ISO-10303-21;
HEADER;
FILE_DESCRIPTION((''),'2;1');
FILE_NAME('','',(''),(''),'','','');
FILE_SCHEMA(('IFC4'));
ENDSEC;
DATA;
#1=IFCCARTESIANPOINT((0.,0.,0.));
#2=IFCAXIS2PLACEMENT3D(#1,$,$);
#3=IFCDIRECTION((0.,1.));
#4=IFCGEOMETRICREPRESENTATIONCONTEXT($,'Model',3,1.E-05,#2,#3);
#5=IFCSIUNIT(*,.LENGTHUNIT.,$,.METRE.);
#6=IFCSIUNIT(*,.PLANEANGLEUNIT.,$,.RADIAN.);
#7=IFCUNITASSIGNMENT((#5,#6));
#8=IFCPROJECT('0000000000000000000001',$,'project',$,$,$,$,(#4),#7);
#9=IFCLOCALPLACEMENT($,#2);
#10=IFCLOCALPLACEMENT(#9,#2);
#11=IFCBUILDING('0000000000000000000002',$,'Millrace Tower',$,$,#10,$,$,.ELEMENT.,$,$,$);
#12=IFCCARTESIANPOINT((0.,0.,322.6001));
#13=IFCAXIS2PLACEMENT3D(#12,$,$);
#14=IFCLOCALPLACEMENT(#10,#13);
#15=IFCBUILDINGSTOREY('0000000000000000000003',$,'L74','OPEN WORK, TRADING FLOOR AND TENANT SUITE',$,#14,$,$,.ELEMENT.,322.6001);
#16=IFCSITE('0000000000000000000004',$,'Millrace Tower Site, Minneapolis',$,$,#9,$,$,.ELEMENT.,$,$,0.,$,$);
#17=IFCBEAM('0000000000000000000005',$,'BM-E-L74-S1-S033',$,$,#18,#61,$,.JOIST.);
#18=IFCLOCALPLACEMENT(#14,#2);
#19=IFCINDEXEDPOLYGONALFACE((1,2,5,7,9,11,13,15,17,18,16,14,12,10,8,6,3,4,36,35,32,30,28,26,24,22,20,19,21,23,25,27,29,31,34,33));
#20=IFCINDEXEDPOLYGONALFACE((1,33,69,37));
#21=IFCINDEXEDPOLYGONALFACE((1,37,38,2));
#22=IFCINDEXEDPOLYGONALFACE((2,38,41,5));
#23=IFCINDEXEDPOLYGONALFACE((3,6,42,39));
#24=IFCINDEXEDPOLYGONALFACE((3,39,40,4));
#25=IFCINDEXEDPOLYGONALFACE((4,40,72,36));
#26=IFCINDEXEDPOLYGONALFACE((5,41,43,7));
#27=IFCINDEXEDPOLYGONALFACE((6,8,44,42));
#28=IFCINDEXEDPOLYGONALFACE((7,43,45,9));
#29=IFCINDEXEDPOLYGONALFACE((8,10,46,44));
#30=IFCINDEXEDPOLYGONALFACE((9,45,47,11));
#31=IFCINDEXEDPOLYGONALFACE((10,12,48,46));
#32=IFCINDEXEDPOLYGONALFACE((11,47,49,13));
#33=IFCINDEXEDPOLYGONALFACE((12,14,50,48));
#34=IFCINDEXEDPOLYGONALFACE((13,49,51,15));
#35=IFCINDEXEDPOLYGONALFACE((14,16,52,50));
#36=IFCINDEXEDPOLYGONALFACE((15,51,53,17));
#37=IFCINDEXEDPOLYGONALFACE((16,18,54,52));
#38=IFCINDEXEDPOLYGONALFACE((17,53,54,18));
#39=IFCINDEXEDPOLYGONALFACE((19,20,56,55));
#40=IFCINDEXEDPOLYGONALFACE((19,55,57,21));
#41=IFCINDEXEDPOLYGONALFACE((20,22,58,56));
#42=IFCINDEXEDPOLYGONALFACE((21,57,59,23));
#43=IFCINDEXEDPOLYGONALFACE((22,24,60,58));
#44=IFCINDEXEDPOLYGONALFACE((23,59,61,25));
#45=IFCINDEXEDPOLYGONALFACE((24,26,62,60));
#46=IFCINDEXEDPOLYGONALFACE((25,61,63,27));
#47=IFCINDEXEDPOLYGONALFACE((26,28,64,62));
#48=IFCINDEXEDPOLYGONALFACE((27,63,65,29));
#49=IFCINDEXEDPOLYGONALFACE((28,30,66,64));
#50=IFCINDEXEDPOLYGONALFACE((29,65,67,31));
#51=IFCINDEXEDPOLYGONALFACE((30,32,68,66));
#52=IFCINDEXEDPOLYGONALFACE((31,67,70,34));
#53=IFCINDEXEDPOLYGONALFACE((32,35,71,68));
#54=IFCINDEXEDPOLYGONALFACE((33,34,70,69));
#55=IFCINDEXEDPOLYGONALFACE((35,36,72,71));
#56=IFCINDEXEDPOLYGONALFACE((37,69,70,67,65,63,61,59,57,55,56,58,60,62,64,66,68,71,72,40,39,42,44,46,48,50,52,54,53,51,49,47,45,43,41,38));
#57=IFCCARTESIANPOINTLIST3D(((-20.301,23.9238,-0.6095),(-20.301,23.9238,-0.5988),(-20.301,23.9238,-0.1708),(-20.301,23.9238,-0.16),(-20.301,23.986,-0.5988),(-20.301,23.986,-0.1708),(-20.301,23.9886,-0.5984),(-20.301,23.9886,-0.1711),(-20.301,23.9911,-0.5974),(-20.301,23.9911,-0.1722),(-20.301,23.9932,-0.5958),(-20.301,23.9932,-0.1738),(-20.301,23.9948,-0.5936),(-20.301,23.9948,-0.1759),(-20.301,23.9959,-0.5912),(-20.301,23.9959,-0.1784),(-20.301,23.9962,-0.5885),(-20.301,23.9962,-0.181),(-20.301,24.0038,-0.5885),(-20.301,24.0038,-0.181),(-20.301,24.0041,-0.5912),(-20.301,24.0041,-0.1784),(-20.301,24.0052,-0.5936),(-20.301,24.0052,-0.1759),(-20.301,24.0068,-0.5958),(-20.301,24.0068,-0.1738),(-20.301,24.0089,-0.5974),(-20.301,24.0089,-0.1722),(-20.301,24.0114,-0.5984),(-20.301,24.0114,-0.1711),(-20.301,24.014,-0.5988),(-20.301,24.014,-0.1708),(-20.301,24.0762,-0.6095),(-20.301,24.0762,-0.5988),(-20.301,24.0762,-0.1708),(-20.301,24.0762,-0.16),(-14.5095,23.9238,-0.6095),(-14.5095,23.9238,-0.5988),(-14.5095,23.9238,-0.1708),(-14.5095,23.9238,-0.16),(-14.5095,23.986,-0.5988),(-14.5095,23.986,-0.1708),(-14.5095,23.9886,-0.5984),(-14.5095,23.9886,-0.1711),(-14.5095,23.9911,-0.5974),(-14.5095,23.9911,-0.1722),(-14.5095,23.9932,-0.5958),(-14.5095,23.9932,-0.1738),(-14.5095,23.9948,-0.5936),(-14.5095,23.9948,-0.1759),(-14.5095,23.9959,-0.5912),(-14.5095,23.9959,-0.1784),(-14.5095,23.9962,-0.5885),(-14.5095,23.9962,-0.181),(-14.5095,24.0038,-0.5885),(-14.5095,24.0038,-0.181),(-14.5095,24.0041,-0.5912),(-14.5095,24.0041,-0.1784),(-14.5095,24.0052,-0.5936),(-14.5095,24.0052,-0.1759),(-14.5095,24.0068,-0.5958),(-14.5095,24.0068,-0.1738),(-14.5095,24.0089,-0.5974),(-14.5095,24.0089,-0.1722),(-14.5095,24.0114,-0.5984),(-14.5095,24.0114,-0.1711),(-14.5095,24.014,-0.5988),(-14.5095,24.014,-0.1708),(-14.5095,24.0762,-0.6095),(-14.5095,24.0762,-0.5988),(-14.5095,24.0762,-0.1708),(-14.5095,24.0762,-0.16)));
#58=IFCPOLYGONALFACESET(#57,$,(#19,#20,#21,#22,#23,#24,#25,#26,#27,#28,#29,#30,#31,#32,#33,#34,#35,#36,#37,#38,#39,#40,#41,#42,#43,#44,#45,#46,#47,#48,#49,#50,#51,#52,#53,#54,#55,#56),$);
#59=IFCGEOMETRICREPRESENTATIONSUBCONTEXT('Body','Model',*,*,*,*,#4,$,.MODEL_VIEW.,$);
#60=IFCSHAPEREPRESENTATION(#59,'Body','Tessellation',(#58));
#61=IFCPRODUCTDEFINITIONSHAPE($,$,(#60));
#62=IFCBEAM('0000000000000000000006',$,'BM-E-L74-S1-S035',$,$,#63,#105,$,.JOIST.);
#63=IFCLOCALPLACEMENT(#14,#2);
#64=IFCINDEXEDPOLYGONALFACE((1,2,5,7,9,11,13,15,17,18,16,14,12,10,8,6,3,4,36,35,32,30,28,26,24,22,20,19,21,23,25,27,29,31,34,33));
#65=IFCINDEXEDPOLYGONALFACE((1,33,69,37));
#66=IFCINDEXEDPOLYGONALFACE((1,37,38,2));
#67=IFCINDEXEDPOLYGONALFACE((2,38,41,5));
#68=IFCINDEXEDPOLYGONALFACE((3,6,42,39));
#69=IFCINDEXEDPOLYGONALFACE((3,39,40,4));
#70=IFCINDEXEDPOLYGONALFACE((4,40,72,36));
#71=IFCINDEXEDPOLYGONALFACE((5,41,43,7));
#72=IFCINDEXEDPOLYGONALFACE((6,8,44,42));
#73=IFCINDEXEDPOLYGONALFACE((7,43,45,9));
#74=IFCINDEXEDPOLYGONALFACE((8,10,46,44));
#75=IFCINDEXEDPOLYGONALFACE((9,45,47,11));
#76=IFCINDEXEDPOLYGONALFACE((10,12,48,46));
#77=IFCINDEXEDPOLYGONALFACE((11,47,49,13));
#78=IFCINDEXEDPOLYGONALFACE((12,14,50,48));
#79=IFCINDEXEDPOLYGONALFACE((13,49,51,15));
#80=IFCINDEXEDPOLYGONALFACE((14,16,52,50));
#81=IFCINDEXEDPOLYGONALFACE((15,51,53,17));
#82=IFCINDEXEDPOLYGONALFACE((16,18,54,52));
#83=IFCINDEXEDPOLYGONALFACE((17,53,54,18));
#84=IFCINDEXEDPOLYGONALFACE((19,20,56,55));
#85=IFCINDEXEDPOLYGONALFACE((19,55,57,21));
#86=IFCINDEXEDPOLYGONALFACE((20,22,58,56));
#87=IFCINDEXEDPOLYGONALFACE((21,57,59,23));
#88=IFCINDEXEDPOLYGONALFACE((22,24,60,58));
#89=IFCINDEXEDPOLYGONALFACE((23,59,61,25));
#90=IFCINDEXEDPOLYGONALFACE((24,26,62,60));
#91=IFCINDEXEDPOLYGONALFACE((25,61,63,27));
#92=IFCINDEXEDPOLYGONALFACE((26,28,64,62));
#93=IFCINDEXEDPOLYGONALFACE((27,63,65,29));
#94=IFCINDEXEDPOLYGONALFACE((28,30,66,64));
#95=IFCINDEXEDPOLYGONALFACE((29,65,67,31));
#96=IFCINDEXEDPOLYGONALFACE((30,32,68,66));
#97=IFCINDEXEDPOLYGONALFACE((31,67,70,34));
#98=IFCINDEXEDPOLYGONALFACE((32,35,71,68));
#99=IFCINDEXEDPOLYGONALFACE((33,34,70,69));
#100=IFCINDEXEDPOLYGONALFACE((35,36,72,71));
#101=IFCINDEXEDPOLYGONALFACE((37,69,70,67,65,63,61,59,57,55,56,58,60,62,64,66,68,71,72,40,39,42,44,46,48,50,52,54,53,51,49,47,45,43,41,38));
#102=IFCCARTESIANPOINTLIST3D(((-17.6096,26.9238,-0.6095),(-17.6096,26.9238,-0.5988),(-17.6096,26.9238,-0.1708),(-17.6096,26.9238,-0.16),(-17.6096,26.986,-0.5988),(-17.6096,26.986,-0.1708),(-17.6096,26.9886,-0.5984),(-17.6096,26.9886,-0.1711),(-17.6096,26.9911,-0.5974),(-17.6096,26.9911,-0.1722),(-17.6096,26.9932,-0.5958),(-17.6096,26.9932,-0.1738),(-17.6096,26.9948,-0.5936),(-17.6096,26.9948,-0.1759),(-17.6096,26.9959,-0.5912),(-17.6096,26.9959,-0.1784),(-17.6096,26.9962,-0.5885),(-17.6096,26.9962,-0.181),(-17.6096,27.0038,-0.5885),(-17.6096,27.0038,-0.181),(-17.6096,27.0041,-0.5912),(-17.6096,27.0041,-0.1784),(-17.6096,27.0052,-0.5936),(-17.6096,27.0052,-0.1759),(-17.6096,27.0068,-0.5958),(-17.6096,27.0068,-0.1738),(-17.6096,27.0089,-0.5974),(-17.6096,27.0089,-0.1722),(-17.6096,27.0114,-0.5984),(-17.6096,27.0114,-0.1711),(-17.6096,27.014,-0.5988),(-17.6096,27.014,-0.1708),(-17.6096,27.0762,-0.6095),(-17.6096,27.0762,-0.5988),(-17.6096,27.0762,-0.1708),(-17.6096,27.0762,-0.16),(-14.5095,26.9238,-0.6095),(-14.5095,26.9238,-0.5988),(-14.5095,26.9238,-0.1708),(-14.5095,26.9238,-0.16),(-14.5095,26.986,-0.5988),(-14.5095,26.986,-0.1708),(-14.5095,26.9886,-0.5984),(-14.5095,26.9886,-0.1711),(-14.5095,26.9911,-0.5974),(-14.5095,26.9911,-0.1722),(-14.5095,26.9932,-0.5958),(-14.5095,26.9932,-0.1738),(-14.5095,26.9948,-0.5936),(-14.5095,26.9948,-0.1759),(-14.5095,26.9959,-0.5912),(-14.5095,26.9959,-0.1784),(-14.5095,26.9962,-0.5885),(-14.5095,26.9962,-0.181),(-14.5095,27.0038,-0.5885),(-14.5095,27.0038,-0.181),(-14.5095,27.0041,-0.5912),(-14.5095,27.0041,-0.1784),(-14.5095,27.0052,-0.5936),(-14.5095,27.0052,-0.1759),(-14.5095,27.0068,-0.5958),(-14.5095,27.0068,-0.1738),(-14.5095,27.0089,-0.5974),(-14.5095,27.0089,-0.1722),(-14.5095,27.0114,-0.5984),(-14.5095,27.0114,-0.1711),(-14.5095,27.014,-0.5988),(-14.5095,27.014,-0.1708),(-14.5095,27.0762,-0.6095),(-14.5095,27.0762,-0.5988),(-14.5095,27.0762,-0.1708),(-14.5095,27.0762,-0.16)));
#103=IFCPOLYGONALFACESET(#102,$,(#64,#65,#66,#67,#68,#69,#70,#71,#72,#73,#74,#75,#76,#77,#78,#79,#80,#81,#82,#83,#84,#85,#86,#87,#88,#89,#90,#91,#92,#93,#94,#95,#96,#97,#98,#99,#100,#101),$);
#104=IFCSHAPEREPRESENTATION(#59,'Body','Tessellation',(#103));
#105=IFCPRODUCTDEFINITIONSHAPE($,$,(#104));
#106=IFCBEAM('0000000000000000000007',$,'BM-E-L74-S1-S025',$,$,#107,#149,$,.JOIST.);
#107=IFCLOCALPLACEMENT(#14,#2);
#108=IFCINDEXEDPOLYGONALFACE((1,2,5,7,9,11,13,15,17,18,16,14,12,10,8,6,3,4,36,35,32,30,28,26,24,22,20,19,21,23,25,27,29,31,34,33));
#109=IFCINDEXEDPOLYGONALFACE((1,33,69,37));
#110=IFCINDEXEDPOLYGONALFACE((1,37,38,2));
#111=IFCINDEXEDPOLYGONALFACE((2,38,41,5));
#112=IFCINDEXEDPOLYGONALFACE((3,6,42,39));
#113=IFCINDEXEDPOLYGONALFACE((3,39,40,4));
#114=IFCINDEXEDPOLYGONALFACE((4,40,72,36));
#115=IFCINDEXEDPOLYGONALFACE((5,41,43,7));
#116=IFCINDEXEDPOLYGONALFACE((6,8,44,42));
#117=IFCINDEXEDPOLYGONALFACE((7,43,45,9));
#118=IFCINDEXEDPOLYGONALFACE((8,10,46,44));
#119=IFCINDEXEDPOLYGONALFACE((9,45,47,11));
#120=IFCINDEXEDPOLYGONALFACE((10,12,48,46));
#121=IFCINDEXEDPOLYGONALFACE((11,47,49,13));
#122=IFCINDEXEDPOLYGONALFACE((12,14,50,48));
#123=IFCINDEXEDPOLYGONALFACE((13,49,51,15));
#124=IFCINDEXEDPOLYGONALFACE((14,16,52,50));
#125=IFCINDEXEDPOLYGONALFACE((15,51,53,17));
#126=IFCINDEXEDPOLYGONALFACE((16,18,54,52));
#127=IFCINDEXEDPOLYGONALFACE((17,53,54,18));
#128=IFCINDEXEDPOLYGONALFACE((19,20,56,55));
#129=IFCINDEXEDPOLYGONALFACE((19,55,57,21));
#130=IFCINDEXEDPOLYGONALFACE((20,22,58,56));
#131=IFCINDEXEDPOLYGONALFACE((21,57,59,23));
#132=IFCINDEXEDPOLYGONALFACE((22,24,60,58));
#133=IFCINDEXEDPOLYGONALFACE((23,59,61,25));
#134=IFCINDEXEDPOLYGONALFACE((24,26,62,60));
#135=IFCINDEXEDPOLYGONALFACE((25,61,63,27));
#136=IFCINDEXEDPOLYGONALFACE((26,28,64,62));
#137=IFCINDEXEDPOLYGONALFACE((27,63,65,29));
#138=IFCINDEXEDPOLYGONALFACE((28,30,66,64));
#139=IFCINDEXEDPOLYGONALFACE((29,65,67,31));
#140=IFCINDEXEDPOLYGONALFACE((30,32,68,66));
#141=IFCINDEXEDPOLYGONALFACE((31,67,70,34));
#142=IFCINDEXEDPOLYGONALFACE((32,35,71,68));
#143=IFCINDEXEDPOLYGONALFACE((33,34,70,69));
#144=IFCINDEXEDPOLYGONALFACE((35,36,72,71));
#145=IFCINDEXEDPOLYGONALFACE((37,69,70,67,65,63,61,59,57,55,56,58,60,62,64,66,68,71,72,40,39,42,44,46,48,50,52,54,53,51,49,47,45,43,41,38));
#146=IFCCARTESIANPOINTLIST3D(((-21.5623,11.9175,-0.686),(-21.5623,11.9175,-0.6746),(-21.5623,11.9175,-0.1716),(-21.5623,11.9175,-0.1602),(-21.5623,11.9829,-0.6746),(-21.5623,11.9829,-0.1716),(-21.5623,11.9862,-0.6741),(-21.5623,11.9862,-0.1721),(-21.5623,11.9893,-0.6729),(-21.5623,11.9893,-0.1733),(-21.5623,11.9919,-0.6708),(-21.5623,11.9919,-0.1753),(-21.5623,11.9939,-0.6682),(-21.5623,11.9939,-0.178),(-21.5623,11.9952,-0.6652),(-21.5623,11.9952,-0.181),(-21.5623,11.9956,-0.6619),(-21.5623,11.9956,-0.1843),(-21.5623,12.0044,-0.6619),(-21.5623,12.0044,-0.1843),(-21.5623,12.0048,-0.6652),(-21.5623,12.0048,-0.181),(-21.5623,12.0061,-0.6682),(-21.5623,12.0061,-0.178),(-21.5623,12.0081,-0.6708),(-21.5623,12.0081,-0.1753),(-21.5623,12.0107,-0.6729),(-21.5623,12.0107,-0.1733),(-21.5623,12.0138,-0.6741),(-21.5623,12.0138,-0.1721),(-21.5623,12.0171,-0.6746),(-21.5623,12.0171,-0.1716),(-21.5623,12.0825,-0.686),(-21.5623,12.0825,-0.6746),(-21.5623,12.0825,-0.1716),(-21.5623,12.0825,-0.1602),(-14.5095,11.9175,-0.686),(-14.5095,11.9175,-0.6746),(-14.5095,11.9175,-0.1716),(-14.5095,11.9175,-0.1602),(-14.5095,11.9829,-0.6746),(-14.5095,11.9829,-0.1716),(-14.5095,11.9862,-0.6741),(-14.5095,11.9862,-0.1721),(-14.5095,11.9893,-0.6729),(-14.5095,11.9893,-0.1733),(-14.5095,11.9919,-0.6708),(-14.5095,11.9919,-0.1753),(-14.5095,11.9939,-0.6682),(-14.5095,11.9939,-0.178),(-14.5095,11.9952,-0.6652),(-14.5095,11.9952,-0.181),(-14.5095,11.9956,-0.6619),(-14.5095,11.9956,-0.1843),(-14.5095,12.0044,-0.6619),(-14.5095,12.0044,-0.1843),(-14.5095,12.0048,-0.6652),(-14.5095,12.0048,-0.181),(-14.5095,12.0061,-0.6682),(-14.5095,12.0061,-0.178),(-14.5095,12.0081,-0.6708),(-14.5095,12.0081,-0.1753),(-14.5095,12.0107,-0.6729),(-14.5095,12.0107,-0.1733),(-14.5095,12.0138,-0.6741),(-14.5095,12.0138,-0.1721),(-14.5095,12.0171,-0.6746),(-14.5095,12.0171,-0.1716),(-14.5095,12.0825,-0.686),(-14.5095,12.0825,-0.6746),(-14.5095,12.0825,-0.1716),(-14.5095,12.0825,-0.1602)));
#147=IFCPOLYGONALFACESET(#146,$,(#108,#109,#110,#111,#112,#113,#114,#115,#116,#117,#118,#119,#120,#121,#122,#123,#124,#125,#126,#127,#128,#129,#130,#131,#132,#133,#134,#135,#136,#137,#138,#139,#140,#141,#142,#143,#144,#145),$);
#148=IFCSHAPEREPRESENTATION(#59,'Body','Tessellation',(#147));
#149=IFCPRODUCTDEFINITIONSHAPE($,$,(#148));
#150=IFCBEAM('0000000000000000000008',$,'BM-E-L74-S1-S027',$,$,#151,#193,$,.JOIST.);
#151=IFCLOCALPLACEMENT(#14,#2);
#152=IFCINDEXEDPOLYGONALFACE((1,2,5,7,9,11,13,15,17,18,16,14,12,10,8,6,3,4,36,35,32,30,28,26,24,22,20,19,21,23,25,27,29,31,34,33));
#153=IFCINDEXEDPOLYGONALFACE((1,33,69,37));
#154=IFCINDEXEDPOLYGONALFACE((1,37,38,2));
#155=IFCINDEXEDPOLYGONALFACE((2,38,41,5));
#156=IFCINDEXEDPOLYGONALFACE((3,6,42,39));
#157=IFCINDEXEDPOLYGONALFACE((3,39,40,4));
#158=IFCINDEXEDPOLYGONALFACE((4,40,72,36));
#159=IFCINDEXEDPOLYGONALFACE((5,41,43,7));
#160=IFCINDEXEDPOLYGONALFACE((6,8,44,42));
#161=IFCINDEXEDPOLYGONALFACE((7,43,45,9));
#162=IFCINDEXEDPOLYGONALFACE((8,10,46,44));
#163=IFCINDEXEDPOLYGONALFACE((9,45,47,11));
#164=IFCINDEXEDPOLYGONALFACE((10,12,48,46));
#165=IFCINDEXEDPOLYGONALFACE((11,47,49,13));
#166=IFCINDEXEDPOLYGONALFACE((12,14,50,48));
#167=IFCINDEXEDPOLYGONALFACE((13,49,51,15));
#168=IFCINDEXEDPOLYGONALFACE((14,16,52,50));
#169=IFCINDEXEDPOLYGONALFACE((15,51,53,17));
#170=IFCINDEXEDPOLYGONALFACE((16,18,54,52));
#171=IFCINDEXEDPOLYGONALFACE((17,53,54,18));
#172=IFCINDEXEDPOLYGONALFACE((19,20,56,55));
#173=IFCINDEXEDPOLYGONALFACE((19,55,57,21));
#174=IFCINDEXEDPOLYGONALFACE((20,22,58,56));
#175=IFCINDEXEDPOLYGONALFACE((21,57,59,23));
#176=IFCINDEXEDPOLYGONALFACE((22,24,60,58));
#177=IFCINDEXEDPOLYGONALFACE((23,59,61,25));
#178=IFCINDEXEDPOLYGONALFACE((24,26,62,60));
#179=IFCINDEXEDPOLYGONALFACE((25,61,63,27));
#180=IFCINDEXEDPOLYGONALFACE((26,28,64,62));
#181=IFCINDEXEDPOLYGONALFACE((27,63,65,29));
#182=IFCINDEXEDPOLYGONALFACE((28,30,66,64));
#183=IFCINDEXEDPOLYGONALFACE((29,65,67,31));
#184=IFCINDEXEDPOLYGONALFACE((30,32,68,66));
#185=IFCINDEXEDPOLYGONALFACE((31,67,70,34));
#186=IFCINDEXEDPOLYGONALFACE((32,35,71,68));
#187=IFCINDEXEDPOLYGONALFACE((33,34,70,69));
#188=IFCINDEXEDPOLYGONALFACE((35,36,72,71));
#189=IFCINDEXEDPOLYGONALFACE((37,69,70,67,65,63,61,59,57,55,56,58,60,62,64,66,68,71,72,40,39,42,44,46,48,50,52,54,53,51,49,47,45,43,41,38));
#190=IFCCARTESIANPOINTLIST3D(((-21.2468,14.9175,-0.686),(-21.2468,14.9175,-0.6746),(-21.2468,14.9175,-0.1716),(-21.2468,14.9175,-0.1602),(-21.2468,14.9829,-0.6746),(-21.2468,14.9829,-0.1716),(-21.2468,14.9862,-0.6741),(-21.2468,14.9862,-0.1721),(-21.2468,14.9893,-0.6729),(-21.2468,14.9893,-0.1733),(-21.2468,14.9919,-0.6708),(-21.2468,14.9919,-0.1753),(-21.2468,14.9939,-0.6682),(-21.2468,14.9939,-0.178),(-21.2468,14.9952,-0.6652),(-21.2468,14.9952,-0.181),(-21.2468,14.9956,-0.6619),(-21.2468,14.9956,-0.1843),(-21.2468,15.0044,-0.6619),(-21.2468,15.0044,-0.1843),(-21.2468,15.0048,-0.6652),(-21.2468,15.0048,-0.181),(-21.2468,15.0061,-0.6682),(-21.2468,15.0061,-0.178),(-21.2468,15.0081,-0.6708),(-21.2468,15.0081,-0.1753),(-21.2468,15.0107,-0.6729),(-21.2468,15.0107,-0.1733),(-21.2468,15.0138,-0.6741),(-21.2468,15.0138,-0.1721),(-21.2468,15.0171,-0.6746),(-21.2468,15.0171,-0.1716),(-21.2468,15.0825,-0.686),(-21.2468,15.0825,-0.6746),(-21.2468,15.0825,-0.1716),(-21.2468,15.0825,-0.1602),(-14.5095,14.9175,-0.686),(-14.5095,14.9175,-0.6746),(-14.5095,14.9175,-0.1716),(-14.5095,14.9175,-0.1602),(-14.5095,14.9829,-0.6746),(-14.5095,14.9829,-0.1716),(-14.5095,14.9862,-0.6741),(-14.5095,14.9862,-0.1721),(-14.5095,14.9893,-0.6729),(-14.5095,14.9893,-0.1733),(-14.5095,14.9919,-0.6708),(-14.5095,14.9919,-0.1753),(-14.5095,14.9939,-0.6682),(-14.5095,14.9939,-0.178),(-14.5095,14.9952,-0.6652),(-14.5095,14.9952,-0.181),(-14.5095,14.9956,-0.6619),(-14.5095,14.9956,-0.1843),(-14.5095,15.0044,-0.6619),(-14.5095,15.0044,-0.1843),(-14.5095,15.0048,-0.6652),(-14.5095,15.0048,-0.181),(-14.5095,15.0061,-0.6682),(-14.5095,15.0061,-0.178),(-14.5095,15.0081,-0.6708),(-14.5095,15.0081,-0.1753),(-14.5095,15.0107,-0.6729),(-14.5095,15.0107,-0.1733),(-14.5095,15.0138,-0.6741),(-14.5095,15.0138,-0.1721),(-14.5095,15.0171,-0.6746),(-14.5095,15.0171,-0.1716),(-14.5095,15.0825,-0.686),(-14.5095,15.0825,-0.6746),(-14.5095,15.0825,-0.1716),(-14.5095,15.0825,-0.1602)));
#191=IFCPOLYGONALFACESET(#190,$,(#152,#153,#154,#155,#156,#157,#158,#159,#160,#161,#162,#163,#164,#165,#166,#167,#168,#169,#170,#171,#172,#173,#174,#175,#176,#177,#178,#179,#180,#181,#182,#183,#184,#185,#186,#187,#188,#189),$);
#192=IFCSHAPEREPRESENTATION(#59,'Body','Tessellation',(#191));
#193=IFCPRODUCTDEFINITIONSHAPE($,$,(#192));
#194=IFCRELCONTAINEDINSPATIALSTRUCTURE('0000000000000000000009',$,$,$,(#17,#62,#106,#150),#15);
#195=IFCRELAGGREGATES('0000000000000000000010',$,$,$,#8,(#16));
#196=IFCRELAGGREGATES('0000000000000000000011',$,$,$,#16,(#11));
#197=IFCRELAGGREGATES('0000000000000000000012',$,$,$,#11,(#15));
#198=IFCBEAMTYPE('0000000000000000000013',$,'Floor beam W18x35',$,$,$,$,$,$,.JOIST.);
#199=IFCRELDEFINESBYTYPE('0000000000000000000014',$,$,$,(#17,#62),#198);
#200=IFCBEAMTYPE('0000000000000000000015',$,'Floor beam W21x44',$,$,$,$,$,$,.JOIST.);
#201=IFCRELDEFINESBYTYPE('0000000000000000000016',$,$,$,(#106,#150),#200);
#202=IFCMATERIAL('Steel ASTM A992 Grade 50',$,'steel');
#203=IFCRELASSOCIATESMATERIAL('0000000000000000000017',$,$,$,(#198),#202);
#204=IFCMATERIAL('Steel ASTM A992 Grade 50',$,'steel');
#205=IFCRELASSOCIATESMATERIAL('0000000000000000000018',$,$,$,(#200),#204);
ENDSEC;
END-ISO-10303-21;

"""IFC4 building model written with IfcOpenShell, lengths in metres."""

from ifc_helpers import new_model, si_unit, direction, frame, origin, origin_2d, place, context, subcontext, project, spatial, i_section, extrude, material, material_profile, profile_set, type_object, element, save


model = new_model("IFC4")

# Units and contexts
model_context = context("Model", 3, precision=1e-05, world=origin(), true_north=direction((0.0, 1.0)))
body_context = subcontext(model_context, "Body", "Model", "MODEL_VIEW")
ifc_project = project(units=[si_unit("LENGTHUNIT", "METRE"), si_unit("PLANEANGLEUNIT", "RADIAN")], contexts=[model_context])

# Site, building, storey
site_placement = place(None, origin())
site = spatial("IfcSite", under=ifc_project, at=site_placement, Name="Millrace Tower Site, Minneapolis", CompositionType="ELEMENT", RefElevation=0.0)
building_placement = place(site_placement, origin())
building = spatial("IfcBuilding", under=site, at=building_placement, Name="Millrace Tower", CompositionType="ELEMENT")
storey_placement = place(building_placement, frame((0.0, 0.0, 322.6001)))
storey = spatial("IfcBuildingStorey", under=building, at=storey_placement, Name="L74", Description="OPEN WORK, TRADING FLOOR AND TENANT SUITE", CompositionType="ELEMENT", Elevation=322.6001)

# Beams
ifc_material_1 = material(Name="Steel ASTM A992 Grade 50", Category="steel")
ifc_material_profile_1 = material_profile(ifc_material_1, i_section(OverallWidth=0.1523, OverallDepth=0.4495, WebThickness=0.0076, FlangeThickness=0.0107, FilletRadius=0.0103, at=origin_2d()))
ifc_profile_set_1 = profile_set([ifc_material_profile_1], Name="Steel ASTM A992 Grade 50")
beam_type_1 = type_object("IfcBeamType", Name="Floor beam W18x35", PredefinedType="JOIST", material=ifc_profile_set_1)
beam_1_placement = place(storey_placement, frame((-20.301, 24.0, -0.3848), z_axis=(1.0, 0.0, 0.0), x_axis=(0.0, 1.0, 0.0)))
element("IfcBeam", 1, at=beam_1_placement, inside=storey, type_object=beam_type_1, Name="BM-E-L74-S1-S033", PredefinedType="JOIST", context=body_context, shape_type="SweptSolid", body=[
    extrude(i_section(OverallWidth=0.1523, OverallDepth=0.4495, WebThickness=0.0076, FlangeThickness=0.0107, FilletRadius=0.0103, at=origin_2d()), origin(), (0.0, 0.0, 1.0), 5.7915),
])
beam_2_placement = place(storey_placement, frame((-17.6096, 27.0, -0.3848), z_axis=(1.0, 0.0, 0.0), x_axis=(0.0, 1.0, 0.0)))
element("IfcBeam", 2, at=beam_2_placement, inside=storey, type_object=beam_type_1, Name="BM-E-L74-S1-S035", PredefinedType="JOIST", context=body_context, shape_type="SweptSolid", body=[
    extrude(i_section(OverallWidth=0.1523, OverallDepth=0.4495, WebThickness=0.0076, FlangeThickness=0.0107, FilletRadius=0.0103, at=origin_2d()), origin(), (0.0, 0.0, 1.0), 3.1001),
])
ifc_material_2 = material(Name="Steel ASTM A992 Grade 50", Category="steel")
ifc_material_profile_2 = material_profile(ifc_material_2, i_section(OverallWidth=0.165, OverallDepth=0.5259, WebThickness=0.0088, FlangeThickness=0.0115, FilletRadius=0.0127, at=origin_2d()))
ifc_profile_set_2 = profile_set([ifc_material_profile_2], Name="Steel ASTM A992 Grade 50")
beam_type_2 = type_object("IfcBeamType", Name="Floor beam W21x44", PredefinedType="JOIST", material=ifc_profile_set_2)
beam_3_placement = place(storey_placement, frame((-21.5623, 12.0, -0.4231), z_axis=(1.0, 0.0, 0.0), x_axis=(0.0, 1.0, 0.0)))
element("IfcBeam", 3, at=beam_3_placement, inside=storey, type_object=beam_type_2, Name="BM-E-L74-S1-S025", PredefinedType="JOIST", context=body_context, shape_type="SweptSolid", body=[
    extrude(i_section(OverallWidth=0.165, OverallDepth=0.5259, WebThickness=0.0088, FlangeThickness=0.0115, FilletRadius=0.0127, at=origin_2d()), origin(), (0.0, 0.0, 1.0), 7.0527),
])
beam_4_placement = place(storey_placement, frame((-21.2468, 15.0, -0.4231), z_axis=(1.0, 0.0, 0.0), x_axis=(0.0, 1.0, 0.0)))
element("IfcBeam", 4, at=beam_4_placement, inside=storey, type_object=beam_type_2, Name="BM-E-L74-S1-S027", PredefinedType="JOIST", context=body_context, shape_type="SweptSolid", body=[
    extrude(i_section(OverallWidth=0.165, OverallDepth=0.5259, WebThickness=0.0088, FlangeThickness=0.0115, FilletRadius=0.0127, at=origin_2d()), origin(), (0.0, 0.0, 1.0), 6.7373),
])

save(model, "model.ifc")
